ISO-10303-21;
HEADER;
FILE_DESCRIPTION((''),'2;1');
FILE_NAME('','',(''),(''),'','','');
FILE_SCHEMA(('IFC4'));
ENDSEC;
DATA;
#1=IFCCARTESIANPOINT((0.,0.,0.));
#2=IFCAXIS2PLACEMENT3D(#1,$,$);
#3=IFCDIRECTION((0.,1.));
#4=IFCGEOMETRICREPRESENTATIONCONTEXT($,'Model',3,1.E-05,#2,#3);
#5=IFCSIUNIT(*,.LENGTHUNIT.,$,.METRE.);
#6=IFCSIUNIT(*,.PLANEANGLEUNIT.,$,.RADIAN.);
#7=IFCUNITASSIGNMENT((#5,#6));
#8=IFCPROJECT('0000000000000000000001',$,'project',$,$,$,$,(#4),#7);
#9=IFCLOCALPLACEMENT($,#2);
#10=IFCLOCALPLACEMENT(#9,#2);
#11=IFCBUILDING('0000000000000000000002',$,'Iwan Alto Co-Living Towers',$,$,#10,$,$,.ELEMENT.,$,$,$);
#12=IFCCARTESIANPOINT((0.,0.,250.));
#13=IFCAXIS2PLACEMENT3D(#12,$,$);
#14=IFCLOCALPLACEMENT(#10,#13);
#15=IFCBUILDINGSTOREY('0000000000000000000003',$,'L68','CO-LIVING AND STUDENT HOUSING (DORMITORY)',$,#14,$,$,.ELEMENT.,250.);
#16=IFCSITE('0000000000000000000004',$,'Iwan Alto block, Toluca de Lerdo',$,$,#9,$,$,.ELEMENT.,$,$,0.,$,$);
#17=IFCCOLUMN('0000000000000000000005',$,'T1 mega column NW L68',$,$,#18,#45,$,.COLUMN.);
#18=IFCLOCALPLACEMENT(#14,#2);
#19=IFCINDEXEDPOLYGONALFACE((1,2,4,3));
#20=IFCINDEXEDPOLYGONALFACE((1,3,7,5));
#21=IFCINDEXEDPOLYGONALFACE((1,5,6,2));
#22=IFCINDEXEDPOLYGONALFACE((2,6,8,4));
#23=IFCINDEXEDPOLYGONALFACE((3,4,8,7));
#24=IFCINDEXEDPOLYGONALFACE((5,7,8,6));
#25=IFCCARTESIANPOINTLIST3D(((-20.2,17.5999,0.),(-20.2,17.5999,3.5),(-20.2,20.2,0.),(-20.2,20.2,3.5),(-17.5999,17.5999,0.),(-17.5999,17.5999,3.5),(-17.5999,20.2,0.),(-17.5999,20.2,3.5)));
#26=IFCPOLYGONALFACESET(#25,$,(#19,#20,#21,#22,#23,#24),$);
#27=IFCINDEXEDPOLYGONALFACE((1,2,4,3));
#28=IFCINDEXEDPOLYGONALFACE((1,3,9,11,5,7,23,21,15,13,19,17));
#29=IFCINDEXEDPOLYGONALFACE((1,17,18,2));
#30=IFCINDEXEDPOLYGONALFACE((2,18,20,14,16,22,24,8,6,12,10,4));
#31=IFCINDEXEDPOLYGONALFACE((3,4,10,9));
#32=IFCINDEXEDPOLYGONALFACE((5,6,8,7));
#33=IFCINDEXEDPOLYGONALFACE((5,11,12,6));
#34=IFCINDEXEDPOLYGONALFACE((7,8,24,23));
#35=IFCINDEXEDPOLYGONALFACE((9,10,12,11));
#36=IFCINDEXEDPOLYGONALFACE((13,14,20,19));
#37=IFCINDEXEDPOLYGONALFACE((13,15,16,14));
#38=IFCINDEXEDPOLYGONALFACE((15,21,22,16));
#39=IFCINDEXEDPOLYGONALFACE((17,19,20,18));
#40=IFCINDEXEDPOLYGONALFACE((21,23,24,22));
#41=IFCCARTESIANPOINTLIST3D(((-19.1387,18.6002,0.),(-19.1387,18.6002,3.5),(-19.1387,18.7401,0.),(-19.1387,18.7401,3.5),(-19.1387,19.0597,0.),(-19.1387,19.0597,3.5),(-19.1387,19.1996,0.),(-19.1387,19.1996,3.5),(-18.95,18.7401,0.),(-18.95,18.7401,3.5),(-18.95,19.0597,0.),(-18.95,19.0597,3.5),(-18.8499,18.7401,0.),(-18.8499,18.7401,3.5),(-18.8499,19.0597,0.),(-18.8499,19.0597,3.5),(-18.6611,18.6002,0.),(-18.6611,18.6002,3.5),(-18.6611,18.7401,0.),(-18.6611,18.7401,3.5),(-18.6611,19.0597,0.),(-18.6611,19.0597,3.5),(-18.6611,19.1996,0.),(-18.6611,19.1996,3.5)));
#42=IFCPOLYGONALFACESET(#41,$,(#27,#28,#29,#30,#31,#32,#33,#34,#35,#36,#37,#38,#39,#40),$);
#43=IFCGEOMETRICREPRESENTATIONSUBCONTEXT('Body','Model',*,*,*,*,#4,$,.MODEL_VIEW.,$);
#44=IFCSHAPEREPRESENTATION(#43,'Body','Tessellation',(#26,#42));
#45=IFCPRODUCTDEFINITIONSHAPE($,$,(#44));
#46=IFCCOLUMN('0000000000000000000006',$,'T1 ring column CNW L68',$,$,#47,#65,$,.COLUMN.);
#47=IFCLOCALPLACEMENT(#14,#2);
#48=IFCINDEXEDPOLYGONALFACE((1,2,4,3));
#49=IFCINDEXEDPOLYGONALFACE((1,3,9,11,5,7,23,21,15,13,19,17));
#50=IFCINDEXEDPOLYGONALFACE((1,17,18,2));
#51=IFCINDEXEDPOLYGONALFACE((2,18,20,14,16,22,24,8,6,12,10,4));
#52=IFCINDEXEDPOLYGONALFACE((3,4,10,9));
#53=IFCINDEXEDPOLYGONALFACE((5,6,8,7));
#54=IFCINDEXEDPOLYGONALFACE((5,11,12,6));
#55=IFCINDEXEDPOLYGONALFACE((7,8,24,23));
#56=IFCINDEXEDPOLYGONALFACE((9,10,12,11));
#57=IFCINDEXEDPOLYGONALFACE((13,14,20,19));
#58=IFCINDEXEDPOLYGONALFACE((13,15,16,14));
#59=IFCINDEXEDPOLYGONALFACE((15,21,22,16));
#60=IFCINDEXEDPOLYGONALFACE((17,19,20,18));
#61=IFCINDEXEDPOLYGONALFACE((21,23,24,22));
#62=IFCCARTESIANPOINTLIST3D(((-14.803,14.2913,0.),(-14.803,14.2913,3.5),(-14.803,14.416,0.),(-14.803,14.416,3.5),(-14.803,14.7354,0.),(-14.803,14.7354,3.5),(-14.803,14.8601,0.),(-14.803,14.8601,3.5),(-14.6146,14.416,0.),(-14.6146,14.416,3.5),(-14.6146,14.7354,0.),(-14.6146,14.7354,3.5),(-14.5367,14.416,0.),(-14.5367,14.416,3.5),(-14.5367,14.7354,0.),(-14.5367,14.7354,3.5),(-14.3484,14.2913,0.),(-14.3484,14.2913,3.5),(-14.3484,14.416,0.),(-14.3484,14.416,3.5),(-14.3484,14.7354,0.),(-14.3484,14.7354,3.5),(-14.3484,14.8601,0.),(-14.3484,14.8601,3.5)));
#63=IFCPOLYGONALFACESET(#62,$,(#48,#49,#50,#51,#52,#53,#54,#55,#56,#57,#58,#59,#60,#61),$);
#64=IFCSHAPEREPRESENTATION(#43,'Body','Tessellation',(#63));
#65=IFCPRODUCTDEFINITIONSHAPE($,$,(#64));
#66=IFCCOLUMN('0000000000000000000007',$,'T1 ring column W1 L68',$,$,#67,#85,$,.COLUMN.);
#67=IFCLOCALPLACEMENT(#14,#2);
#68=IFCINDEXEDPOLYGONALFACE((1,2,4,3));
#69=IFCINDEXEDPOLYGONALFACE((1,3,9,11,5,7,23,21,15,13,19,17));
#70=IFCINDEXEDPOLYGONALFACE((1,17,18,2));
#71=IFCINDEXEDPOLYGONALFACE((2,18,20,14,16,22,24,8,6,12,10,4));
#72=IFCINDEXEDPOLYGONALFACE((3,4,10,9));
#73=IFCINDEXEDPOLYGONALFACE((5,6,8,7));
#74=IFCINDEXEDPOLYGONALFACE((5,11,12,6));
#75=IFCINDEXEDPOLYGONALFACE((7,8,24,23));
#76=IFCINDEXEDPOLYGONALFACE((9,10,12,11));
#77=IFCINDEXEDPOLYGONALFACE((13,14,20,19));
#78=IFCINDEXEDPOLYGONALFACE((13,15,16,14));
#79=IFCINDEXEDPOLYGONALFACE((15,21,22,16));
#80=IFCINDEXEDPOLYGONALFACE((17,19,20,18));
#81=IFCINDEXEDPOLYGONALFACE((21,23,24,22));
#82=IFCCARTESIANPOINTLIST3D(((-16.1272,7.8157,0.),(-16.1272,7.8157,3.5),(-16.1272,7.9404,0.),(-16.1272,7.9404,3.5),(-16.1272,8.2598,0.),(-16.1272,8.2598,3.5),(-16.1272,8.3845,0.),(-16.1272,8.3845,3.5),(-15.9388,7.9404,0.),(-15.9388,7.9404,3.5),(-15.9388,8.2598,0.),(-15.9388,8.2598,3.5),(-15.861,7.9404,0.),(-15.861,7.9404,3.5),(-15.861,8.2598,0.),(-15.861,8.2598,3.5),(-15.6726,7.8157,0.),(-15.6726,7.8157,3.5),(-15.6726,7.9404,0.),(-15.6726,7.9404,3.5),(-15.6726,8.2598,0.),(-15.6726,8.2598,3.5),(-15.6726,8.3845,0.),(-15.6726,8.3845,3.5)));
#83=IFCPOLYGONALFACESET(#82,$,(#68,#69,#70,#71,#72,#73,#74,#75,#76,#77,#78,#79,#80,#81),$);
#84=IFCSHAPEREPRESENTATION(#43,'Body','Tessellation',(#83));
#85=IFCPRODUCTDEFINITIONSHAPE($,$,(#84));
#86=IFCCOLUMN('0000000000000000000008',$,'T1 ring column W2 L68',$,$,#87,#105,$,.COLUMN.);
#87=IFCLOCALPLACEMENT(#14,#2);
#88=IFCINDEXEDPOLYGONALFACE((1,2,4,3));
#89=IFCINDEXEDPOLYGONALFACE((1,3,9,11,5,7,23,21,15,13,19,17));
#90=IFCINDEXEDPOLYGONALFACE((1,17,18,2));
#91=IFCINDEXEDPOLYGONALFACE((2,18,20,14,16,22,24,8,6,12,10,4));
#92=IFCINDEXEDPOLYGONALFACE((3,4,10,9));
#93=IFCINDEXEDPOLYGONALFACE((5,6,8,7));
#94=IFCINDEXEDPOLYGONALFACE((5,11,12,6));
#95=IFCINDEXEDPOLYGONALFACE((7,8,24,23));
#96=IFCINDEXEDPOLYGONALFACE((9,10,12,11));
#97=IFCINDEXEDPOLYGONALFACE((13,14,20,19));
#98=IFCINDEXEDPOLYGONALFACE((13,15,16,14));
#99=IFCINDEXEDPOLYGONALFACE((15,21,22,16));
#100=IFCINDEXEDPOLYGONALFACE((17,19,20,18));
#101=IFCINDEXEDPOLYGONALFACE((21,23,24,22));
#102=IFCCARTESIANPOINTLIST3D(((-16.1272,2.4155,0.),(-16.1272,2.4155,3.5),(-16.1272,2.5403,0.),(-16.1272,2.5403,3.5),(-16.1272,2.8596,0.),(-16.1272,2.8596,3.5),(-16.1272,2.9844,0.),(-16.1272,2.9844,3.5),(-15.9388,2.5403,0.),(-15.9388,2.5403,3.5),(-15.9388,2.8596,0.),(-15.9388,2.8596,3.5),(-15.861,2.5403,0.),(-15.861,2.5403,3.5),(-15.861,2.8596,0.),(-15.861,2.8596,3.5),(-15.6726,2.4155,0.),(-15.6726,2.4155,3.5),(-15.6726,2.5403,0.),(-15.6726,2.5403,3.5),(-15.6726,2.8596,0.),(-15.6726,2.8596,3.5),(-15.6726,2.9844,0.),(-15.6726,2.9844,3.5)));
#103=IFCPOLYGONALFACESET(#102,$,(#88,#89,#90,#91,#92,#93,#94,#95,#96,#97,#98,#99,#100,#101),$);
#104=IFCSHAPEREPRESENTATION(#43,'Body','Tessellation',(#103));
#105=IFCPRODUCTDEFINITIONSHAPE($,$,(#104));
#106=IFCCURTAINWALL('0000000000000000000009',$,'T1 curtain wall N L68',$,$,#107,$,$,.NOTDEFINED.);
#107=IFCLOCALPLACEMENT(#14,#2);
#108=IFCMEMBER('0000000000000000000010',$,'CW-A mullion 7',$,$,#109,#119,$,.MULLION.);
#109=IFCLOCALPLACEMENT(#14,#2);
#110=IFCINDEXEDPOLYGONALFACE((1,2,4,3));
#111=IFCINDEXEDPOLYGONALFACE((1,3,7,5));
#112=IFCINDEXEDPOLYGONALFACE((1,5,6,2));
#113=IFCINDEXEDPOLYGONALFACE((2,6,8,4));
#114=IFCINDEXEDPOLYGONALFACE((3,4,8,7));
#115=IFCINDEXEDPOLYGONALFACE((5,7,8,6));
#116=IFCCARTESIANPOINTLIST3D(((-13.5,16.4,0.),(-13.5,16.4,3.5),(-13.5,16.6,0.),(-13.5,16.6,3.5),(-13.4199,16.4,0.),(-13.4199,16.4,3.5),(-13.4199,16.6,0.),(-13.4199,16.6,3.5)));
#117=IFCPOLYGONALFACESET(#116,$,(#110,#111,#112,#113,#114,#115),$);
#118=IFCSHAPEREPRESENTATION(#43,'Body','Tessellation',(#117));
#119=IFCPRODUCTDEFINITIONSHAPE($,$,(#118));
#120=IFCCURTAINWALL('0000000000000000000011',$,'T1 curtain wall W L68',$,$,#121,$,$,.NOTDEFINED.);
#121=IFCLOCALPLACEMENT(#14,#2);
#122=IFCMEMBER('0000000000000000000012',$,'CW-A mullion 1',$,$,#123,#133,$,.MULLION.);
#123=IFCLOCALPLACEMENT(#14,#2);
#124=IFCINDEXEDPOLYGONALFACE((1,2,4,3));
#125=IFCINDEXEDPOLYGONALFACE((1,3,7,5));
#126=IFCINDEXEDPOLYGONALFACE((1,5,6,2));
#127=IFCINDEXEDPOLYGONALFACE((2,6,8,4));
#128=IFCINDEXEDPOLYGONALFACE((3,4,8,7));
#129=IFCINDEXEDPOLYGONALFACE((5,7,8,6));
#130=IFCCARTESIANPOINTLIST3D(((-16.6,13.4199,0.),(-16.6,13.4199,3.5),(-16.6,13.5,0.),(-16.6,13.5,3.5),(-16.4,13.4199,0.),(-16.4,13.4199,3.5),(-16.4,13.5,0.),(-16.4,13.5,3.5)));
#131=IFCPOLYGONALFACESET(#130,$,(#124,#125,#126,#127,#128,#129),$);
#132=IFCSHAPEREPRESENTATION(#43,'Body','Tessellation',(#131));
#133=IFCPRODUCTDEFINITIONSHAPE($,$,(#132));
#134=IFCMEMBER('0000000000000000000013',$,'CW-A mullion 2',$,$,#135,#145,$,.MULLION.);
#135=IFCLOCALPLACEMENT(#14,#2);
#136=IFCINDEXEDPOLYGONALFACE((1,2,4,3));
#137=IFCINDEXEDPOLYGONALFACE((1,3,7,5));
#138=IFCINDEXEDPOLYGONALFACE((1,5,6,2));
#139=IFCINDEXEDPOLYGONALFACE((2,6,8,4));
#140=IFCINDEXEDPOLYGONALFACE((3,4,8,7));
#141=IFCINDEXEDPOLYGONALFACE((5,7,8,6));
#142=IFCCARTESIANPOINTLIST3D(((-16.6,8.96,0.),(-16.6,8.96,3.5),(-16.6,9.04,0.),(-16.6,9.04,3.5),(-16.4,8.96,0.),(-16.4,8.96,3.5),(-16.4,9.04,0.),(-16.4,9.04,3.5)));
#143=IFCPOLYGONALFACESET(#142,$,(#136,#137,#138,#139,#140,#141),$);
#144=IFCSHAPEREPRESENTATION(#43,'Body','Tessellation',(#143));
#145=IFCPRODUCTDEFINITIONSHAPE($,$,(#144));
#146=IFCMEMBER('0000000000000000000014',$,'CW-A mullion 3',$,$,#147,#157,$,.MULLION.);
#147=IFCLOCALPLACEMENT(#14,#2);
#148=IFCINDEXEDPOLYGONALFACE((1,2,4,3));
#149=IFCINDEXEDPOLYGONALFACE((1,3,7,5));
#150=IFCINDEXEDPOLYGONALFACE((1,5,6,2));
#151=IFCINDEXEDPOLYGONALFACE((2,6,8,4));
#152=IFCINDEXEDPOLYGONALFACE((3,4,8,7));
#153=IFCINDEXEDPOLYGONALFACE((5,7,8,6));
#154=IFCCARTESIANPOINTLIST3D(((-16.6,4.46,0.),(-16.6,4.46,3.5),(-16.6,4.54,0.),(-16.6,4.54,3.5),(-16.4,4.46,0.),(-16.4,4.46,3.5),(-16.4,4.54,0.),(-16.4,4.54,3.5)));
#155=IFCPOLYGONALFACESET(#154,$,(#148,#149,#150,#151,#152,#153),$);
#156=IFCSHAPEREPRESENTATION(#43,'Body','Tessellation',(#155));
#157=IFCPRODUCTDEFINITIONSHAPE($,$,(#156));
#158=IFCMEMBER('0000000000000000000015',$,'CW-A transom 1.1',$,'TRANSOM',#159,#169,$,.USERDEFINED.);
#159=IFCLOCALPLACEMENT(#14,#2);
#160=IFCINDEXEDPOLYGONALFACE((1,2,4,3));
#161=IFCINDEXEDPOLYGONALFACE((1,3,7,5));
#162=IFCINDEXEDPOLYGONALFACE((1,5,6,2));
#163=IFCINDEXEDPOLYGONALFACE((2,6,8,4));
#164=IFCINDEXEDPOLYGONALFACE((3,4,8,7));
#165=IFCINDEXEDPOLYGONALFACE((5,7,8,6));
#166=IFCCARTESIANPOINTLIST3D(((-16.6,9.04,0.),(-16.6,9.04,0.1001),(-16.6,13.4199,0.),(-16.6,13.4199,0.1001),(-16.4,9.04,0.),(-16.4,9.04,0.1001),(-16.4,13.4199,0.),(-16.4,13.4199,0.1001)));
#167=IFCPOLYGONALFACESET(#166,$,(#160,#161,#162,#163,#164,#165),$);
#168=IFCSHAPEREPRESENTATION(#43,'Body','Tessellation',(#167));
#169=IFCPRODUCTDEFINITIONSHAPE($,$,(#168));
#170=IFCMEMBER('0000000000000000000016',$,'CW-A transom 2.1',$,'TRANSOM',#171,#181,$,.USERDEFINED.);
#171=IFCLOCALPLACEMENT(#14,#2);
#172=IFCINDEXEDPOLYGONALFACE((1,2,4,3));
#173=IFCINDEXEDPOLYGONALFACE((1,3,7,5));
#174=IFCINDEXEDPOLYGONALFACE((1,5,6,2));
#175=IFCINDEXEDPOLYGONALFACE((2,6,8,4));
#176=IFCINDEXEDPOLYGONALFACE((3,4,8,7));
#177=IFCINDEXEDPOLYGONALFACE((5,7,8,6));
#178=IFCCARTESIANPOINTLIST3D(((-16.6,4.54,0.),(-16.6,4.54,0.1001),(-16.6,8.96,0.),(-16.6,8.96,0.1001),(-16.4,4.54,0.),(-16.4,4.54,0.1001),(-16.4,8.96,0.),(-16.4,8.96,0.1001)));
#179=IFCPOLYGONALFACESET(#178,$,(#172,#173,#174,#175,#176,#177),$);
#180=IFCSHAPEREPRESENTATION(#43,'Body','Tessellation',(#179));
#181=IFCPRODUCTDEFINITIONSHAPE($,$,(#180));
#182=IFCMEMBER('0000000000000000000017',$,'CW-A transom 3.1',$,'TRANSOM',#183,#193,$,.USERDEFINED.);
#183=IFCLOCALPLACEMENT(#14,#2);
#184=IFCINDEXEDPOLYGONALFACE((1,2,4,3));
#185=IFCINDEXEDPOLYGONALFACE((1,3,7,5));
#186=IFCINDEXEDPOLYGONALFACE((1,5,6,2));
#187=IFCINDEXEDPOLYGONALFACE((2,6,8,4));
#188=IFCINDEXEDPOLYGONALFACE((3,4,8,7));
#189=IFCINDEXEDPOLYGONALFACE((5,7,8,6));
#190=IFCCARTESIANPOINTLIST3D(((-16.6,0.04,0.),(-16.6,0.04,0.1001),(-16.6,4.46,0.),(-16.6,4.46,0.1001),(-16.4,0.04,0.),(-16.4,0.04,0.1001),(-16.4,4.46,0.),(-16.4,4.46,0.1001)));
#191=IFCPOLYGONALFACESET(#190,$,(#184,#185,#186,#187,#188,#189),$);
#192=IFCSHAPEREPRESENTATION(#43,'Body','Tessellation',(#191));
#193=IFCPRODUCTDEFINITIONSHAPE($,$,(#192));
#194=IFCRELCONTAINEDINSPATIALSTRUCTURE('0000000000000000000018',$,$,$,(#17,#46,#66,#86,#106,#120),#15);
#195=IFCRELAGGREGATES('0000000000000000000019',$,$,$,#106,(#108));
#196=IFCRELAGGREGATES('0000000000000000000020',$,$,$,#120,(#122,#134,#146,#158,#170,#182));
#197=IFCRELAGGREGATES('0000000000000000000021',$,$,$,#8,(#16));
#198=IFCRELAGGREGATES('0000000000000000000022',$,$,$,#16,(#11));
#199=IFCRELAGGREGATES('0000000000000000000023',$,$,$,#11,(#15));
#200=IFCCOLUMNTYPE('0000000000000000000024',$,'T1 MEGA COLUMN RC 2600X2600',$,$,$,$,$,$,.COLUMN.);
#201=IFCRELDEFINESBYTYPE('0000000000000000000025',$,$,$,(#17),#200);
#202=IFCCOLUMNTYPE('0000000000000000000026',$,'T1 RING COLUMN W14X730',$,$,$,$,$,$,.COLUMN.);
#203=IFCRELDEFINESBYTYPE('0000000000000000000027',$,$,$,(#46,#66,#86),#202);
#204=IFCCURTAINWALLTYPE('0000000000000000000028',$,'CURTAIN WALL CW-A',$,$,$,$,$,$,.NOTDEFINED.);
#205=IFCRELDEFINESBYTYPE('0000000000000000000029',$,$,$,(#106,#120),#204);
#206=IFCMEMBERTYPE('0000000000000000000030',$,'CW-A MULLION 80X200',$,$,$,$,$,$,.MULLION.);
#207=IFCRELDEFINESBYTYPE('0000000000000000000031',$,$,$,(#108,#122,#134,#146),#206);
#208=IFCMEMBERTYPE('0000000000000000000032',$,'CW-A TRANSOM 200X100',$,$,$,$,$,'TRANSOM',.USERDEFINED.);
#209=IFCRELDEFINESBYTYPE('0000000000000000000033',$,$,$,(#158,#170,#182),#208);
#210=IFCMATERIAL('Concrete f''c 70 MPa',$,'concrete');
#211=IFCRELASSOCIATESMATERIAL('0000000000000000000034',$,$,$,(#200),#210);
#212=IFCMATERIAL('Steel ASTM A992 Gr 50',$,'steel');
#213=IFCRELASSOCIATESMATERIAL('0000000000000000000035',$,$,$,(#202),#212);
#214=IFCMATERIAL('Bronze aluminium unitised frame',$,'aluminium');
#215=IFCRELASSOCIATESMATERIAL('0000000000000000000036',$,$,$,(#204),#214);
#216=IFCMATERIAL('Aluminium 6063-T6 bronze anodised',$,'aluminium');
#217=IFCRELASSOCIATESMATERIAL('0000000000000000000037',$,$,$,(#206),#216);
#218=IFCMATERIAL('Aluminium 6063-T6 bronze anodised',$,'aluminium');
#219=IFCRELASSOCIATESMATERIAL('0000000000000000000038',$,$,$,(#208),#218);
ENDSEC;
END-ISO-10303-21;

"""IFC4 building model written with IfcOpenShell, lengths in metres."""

from ifc_helpers import new_model, si_unit, direction, frame, origin, origin_2d, place, context, subcontext, project, spatial, rectangle, i_section, extrude, material, material_profile, profile_set, type_object, element, aggregate, save


model = new_model("IFC4")

# Units and contexts
model_context = context("Model", 3, precision=1e-05, world=origin(), true_north=direction((0.0, 1.0)))
body_context = subcontext(model_context, "Body", "Model", "MODEL_VIEW")
ifc_project = project(units=[si_unit("LENGTHUNIT", "METRE"), si_unit("PLANEANGLEUNIT", "RADIAN")], contexts=[model_context])

# Site, building, storey
site_placement = place(None, origin())
site = spatial("IfcSite", under=ifc_project, at=site_placement, Name="Iwan Alto block, Toluca de Lerdo", CompositionType="ELEMENT", RefElevation=0.0)
building_placement = place(site_placement, origin())
building = spatial("IfcBuilding", under=site, at=building_placement, Name="Iwan Alto Co-Living Towers", CompositionType="ELEMENT")
storey_placement = place(building_placement, frame((0.0, 0.0, 250.0)))
storey = spatial("IfcBuildingStorey", under=building, at=storey_placement, Name="L68", Description="CO-LIVING AND STUDENT HOUSING (DORMITORY)", CompositionType="ELEMENT", Elevation=250.0)

# Columns
ifc_material_1 = material(Name="Concrete f'c 70 MPa", Category="concrete")
ifc_material_profile_1 = material_profile(ifc_material_1, rectangle(XDim=2.6001, YDim=2.6001, at=origin_2d()), Name="RC 2600X2600")
ifc_profile_set_1 = profile_set([ifc_material_profile_1], Name="Concrete f'c 70 MPa")
column_type_1 = type_object("IfcColumnType", Name="T1 MEGA COLUMN RC 2600X2600", PredefinedType="COLUMN", material=ifc_profile_set_1)
column_placement = place(storey_placement, frame((-18.8999, 18.8999, 0.0), z_axis=(0.0, 0.0, 1.0), x_axis=(1.0, 0.0, 0.0)))
element("IfcColumn", 1, at=column_placement, inside=storey, type_object=column_type_1, Name="T1 mega column NW L68", PredefinedType="COLUMN", context=body_context, shape_type="SweptSolid", body=[
    extrude(rectangle(XDim=2.6001, YDim=2.6001, at=origin_2d()), origin(), (0.0, 0.0, 1.0), 3.5),
    extrude(i_section(OverallWidth=0.4775, OverallDepth=0.5994, WebThickness=0.1001, FlangeThickness=0.1399, at=origin_2d()), origin(), (0.0, 0.0, 1.0), 3.5),
])
ifc_material_2 = material(Name="Steel ASTM A992 Gr 50", Category="steel")
ifc_material_profile_2 = material_profile(ifc_material_2, i_section(OverallWidth=0.4546, OverallDepth=0.5688, WebThickness=0.0779, FlangeThickness=0.1248, at=origin_2d()), Name="W14X730")
ifc_profile_set_2 = profile_set([ifc_material_profile_2], Name="Steel ASTM A992 Gr 50")
column_type_2 = type_object("IfcColumnType", Name="T1 RING COLUMN W14X730", PredefinedType="COLUMN", material=ifc_profile_set_2)
for number, where, z_axis, x_axis, name in (
    (2, (-14.5757, 14.5757, 0.0), (0.0, 0.0, 1.0), (1.0, 0.0, 0.0), "T1 ring column CNW L68"),
    (3, (-15.8999, 8.1001, 0.0), (0.0, 0.0, 1.0), (1.0, 0.0, 0.0), "T1 ring column W1 L68"),
    (4, (-15.8999, 2.7, 0.0), (0.0, 0.0, 1.0), (1.0, 0.0, 0.0), "T1 ring column W2 L68"),
):
    element("IfcColumn", number, at=place(storey_placement, frame(where, z_axis=z_axis, x_axis=x_axis)), inside=storey, type_object=column_type_2, Name=name, PredefinedType="COLUMN", context=body_context, shape_type="SweptSolid", body=[
        extrude(i_section(OverallWidth=0.4546, OverallDepth=0.5688, WebThickness=0.0779, FlangeThickness=0.1248, at=origin_2d()), origin(), (0.0, 0.0, 1.0), 3.5),
    ])

# Curtain wall, member
ifc_material_3 = material(Name="Bronze aluminium unitised frame", Category="aluminium")
curtain_wall_type_1 = type_object("IfcCurtainWallType", Name="CURTAIN WALL CW-A", PredefinedType="NOTDEFINED", material=ifc_material_3)
curtain_wall_1_placement = place(storey_placement, origin())
curtain_wall_1 = element("IfcCurtainWall", 5, at=curtain_wall_1_placement, inside=storey, type_object=curtain_wall_type_1, Name="T1 curtain wall N L68", PredefinedType="NOTDEFINED")
ifc_material_4 = material(Name="Aluminium 6063-T6 bronze anodised", Category="aluminium")
ifc_material_profile_3 = material_profile(ifc_material_4, rectangle(XDim=0.2, YDim=0.0801, at=origin_2d()), Name="AL 80X200")
ifc_profile_set_3 = profile_set([ifc_material_profile_3], Name="Aluminium 6063-T6 bronze anodised")
member_type_1 = type_object("IfcMemberType", Name="CW-A MULLION 80X200", PredefinedType="MULLION", material=ifc_profile_set_3)
member_1_placement = place(storey_placement, frame((-13.46, 16.5, 0.0), z_axis=(0.0, 0.0, 1.0), x_axis=(0.0, -1.0, 0.0)))
member_1 = element("IfcMember", 6, at=member_1_placement, type_object=member_type_1, Name="CW-A mullion 7", PredefinedType="MULLION", context=body_context, shape_type="SweptSolid", body=[
    extrude(rectangle(XDim=0.2, YDim=0.0801, at=origin_2d()), origin(), (0.0, 0.0, 1.0), 3.5),
])
aggregate(curtain_wall_1, [member_1])

# Curtain wall, members
curtain_wall_2_placement = place(storey_placement, origin())
curtain_wall_2 = element("IfcCurtainWall", 7, at=curtain_wall_2_placement, inside=storey, type_object=curtain_wall_type_1, Name="T1 curtain wall W L68", PredefinedType="NOTDEFINED")
member_2_placement = place(storey_placement, frame((-16.5, 13.46, 0.0), z_axis=(0.0, 0.0, 1.0), x_axis=(1.0, 0.0, 0.0)))
member_2 = element("IfcMember", 8, at=member_2_placement, type_object=member_type_1, Name="CW-A mullion 1", PredefinedType="MULLION", context=body_context, shape_type="SweptSolid", body=[
    extrude(rectangle(XDim=0.2, YDim=0.0801, at=origin_2d()), origin(), (0.0, 0.0, 1.0), 3.5),
])
member_3_placement = place(storey_placement, frame((-16.5, 9.0, 0.0), z_axis=(0.0, 0.0, 1.0), x_axis=(1.0, 0.0, 0.0)))
member_3 = element("IfcMember", 9, at=member_3_placement, type_object=member_type_1, Name="CW-A mullion 2", PredefinedType="MULLION", context=body_context, shape_type="SweptSolid", body=[
    extrude(rectangle(XDim=0.2, YDim=0.0801, at=origin_2d()), origin(), (0.0, 0.0, 1.0), 3.5),
])
member_4_placement = place(storey_placement, frame((-16.5, 4.5, 0.0), z_axis=(0.0, 0.0, 1.0), x_axis=(1.0, 0.0, 0.0)))
member_4 = element("IfcMember", 10, at=member_4_placement, type_object=member_type_1, Name="CW-A mullion 3", PredefinedType="MULLION", context=body_context, shape_type="SweptSolid", body=[
    extrude(rectangle(XDim=0.2, YDim=0.0801, at=origin_2d()), origin(), (0.0, 0.0, 1.0), 3.5),
])
ifc_material_5 = material(Name="Aluminium 6063-T6 bronze anodised", Category="aluminium")
ifc_material_profile_4 = material_profile(ifc_material_5, rectangle(XDim=0.2, YDim=0.1001, at=origin_2d()), Name="AL 200X100")
ifc_profile_set_4 = profile_set([ifc_material_profile_4], Name="Aluminium 6063-T6 bronze anodised")
member_type_2 = type_object("IfcMemberType", Name="CW-A TRANSOM 200X100", ElementType="TRANSOM", PredefinedType="USERDEFINED", material=ifc_profile_set_4)
member_5_placement = place(storey_placement, frame((-16.5, 13.4199, 0.05), z_axis=(0.0, -1.0, 0.0), x_axis=(1.0, 0.0, 0.0)))
member_5 = element("IfcMember", 11, at=member_5_placement, type_object=member_type_2, Name="CW-A transom 1.1", ObjectType="TRANSOM", PredefinedType="USERDEFINED", context=body_context, shape_type="SweptSolid", body=[
    extrude(rectangle(XDim=0.2, YDim=0.1001, at=origin_2d()), origin(), (0.0, 0.0, 1.0), 4.3799),
])
member_6_placement = place(storey_placement, frame((-16.5, 8.96, 0.05), z_axis=(0.0, -1.0, 0.0), x_axis=(1.0, 0.0, 0.0)))
member_6 = element("IfcMember", 12, at=member_6_placement, type_object=member_type_2, Name="CW-A transom 2.1", ObjectType="TRANSOM", PredefinedType="USERDEFINED", context=body_context, shape_type="SweptSolid", body=[
    extrude(rectangle(XDim=0.2, YDim=0.1001, at=origin_2d()), origin(), (0.0, 0.0, 1.0), 4.4199),
])
member_7_placement = place(storey_placement, frame((-16.5, 4.46, 0.05), z_axis=(0.0, -1.0, 0.0), x_axis=(1.0, 0.0, 0.0)))
member_7 = element("IfcMember", 13, at=member_7_placement, type_object=member_type_2, Name="CW-A transom 3.1", ObjectType="TRANSOM", PredefinedType="USERDEFINED", context=body_context, shape_type="SweptSolid", body=[
    extrude(rectangle(XDim=0.2, YDim=0.1001, at=origin_2d()), origin(), (0.0, 0.0, 1.0), 4.4199),
])

aggregate(curtain_wall_2, [member_2, member_3, member_4, member_5, member_6, member_7])

save(model, "model.ifc")
